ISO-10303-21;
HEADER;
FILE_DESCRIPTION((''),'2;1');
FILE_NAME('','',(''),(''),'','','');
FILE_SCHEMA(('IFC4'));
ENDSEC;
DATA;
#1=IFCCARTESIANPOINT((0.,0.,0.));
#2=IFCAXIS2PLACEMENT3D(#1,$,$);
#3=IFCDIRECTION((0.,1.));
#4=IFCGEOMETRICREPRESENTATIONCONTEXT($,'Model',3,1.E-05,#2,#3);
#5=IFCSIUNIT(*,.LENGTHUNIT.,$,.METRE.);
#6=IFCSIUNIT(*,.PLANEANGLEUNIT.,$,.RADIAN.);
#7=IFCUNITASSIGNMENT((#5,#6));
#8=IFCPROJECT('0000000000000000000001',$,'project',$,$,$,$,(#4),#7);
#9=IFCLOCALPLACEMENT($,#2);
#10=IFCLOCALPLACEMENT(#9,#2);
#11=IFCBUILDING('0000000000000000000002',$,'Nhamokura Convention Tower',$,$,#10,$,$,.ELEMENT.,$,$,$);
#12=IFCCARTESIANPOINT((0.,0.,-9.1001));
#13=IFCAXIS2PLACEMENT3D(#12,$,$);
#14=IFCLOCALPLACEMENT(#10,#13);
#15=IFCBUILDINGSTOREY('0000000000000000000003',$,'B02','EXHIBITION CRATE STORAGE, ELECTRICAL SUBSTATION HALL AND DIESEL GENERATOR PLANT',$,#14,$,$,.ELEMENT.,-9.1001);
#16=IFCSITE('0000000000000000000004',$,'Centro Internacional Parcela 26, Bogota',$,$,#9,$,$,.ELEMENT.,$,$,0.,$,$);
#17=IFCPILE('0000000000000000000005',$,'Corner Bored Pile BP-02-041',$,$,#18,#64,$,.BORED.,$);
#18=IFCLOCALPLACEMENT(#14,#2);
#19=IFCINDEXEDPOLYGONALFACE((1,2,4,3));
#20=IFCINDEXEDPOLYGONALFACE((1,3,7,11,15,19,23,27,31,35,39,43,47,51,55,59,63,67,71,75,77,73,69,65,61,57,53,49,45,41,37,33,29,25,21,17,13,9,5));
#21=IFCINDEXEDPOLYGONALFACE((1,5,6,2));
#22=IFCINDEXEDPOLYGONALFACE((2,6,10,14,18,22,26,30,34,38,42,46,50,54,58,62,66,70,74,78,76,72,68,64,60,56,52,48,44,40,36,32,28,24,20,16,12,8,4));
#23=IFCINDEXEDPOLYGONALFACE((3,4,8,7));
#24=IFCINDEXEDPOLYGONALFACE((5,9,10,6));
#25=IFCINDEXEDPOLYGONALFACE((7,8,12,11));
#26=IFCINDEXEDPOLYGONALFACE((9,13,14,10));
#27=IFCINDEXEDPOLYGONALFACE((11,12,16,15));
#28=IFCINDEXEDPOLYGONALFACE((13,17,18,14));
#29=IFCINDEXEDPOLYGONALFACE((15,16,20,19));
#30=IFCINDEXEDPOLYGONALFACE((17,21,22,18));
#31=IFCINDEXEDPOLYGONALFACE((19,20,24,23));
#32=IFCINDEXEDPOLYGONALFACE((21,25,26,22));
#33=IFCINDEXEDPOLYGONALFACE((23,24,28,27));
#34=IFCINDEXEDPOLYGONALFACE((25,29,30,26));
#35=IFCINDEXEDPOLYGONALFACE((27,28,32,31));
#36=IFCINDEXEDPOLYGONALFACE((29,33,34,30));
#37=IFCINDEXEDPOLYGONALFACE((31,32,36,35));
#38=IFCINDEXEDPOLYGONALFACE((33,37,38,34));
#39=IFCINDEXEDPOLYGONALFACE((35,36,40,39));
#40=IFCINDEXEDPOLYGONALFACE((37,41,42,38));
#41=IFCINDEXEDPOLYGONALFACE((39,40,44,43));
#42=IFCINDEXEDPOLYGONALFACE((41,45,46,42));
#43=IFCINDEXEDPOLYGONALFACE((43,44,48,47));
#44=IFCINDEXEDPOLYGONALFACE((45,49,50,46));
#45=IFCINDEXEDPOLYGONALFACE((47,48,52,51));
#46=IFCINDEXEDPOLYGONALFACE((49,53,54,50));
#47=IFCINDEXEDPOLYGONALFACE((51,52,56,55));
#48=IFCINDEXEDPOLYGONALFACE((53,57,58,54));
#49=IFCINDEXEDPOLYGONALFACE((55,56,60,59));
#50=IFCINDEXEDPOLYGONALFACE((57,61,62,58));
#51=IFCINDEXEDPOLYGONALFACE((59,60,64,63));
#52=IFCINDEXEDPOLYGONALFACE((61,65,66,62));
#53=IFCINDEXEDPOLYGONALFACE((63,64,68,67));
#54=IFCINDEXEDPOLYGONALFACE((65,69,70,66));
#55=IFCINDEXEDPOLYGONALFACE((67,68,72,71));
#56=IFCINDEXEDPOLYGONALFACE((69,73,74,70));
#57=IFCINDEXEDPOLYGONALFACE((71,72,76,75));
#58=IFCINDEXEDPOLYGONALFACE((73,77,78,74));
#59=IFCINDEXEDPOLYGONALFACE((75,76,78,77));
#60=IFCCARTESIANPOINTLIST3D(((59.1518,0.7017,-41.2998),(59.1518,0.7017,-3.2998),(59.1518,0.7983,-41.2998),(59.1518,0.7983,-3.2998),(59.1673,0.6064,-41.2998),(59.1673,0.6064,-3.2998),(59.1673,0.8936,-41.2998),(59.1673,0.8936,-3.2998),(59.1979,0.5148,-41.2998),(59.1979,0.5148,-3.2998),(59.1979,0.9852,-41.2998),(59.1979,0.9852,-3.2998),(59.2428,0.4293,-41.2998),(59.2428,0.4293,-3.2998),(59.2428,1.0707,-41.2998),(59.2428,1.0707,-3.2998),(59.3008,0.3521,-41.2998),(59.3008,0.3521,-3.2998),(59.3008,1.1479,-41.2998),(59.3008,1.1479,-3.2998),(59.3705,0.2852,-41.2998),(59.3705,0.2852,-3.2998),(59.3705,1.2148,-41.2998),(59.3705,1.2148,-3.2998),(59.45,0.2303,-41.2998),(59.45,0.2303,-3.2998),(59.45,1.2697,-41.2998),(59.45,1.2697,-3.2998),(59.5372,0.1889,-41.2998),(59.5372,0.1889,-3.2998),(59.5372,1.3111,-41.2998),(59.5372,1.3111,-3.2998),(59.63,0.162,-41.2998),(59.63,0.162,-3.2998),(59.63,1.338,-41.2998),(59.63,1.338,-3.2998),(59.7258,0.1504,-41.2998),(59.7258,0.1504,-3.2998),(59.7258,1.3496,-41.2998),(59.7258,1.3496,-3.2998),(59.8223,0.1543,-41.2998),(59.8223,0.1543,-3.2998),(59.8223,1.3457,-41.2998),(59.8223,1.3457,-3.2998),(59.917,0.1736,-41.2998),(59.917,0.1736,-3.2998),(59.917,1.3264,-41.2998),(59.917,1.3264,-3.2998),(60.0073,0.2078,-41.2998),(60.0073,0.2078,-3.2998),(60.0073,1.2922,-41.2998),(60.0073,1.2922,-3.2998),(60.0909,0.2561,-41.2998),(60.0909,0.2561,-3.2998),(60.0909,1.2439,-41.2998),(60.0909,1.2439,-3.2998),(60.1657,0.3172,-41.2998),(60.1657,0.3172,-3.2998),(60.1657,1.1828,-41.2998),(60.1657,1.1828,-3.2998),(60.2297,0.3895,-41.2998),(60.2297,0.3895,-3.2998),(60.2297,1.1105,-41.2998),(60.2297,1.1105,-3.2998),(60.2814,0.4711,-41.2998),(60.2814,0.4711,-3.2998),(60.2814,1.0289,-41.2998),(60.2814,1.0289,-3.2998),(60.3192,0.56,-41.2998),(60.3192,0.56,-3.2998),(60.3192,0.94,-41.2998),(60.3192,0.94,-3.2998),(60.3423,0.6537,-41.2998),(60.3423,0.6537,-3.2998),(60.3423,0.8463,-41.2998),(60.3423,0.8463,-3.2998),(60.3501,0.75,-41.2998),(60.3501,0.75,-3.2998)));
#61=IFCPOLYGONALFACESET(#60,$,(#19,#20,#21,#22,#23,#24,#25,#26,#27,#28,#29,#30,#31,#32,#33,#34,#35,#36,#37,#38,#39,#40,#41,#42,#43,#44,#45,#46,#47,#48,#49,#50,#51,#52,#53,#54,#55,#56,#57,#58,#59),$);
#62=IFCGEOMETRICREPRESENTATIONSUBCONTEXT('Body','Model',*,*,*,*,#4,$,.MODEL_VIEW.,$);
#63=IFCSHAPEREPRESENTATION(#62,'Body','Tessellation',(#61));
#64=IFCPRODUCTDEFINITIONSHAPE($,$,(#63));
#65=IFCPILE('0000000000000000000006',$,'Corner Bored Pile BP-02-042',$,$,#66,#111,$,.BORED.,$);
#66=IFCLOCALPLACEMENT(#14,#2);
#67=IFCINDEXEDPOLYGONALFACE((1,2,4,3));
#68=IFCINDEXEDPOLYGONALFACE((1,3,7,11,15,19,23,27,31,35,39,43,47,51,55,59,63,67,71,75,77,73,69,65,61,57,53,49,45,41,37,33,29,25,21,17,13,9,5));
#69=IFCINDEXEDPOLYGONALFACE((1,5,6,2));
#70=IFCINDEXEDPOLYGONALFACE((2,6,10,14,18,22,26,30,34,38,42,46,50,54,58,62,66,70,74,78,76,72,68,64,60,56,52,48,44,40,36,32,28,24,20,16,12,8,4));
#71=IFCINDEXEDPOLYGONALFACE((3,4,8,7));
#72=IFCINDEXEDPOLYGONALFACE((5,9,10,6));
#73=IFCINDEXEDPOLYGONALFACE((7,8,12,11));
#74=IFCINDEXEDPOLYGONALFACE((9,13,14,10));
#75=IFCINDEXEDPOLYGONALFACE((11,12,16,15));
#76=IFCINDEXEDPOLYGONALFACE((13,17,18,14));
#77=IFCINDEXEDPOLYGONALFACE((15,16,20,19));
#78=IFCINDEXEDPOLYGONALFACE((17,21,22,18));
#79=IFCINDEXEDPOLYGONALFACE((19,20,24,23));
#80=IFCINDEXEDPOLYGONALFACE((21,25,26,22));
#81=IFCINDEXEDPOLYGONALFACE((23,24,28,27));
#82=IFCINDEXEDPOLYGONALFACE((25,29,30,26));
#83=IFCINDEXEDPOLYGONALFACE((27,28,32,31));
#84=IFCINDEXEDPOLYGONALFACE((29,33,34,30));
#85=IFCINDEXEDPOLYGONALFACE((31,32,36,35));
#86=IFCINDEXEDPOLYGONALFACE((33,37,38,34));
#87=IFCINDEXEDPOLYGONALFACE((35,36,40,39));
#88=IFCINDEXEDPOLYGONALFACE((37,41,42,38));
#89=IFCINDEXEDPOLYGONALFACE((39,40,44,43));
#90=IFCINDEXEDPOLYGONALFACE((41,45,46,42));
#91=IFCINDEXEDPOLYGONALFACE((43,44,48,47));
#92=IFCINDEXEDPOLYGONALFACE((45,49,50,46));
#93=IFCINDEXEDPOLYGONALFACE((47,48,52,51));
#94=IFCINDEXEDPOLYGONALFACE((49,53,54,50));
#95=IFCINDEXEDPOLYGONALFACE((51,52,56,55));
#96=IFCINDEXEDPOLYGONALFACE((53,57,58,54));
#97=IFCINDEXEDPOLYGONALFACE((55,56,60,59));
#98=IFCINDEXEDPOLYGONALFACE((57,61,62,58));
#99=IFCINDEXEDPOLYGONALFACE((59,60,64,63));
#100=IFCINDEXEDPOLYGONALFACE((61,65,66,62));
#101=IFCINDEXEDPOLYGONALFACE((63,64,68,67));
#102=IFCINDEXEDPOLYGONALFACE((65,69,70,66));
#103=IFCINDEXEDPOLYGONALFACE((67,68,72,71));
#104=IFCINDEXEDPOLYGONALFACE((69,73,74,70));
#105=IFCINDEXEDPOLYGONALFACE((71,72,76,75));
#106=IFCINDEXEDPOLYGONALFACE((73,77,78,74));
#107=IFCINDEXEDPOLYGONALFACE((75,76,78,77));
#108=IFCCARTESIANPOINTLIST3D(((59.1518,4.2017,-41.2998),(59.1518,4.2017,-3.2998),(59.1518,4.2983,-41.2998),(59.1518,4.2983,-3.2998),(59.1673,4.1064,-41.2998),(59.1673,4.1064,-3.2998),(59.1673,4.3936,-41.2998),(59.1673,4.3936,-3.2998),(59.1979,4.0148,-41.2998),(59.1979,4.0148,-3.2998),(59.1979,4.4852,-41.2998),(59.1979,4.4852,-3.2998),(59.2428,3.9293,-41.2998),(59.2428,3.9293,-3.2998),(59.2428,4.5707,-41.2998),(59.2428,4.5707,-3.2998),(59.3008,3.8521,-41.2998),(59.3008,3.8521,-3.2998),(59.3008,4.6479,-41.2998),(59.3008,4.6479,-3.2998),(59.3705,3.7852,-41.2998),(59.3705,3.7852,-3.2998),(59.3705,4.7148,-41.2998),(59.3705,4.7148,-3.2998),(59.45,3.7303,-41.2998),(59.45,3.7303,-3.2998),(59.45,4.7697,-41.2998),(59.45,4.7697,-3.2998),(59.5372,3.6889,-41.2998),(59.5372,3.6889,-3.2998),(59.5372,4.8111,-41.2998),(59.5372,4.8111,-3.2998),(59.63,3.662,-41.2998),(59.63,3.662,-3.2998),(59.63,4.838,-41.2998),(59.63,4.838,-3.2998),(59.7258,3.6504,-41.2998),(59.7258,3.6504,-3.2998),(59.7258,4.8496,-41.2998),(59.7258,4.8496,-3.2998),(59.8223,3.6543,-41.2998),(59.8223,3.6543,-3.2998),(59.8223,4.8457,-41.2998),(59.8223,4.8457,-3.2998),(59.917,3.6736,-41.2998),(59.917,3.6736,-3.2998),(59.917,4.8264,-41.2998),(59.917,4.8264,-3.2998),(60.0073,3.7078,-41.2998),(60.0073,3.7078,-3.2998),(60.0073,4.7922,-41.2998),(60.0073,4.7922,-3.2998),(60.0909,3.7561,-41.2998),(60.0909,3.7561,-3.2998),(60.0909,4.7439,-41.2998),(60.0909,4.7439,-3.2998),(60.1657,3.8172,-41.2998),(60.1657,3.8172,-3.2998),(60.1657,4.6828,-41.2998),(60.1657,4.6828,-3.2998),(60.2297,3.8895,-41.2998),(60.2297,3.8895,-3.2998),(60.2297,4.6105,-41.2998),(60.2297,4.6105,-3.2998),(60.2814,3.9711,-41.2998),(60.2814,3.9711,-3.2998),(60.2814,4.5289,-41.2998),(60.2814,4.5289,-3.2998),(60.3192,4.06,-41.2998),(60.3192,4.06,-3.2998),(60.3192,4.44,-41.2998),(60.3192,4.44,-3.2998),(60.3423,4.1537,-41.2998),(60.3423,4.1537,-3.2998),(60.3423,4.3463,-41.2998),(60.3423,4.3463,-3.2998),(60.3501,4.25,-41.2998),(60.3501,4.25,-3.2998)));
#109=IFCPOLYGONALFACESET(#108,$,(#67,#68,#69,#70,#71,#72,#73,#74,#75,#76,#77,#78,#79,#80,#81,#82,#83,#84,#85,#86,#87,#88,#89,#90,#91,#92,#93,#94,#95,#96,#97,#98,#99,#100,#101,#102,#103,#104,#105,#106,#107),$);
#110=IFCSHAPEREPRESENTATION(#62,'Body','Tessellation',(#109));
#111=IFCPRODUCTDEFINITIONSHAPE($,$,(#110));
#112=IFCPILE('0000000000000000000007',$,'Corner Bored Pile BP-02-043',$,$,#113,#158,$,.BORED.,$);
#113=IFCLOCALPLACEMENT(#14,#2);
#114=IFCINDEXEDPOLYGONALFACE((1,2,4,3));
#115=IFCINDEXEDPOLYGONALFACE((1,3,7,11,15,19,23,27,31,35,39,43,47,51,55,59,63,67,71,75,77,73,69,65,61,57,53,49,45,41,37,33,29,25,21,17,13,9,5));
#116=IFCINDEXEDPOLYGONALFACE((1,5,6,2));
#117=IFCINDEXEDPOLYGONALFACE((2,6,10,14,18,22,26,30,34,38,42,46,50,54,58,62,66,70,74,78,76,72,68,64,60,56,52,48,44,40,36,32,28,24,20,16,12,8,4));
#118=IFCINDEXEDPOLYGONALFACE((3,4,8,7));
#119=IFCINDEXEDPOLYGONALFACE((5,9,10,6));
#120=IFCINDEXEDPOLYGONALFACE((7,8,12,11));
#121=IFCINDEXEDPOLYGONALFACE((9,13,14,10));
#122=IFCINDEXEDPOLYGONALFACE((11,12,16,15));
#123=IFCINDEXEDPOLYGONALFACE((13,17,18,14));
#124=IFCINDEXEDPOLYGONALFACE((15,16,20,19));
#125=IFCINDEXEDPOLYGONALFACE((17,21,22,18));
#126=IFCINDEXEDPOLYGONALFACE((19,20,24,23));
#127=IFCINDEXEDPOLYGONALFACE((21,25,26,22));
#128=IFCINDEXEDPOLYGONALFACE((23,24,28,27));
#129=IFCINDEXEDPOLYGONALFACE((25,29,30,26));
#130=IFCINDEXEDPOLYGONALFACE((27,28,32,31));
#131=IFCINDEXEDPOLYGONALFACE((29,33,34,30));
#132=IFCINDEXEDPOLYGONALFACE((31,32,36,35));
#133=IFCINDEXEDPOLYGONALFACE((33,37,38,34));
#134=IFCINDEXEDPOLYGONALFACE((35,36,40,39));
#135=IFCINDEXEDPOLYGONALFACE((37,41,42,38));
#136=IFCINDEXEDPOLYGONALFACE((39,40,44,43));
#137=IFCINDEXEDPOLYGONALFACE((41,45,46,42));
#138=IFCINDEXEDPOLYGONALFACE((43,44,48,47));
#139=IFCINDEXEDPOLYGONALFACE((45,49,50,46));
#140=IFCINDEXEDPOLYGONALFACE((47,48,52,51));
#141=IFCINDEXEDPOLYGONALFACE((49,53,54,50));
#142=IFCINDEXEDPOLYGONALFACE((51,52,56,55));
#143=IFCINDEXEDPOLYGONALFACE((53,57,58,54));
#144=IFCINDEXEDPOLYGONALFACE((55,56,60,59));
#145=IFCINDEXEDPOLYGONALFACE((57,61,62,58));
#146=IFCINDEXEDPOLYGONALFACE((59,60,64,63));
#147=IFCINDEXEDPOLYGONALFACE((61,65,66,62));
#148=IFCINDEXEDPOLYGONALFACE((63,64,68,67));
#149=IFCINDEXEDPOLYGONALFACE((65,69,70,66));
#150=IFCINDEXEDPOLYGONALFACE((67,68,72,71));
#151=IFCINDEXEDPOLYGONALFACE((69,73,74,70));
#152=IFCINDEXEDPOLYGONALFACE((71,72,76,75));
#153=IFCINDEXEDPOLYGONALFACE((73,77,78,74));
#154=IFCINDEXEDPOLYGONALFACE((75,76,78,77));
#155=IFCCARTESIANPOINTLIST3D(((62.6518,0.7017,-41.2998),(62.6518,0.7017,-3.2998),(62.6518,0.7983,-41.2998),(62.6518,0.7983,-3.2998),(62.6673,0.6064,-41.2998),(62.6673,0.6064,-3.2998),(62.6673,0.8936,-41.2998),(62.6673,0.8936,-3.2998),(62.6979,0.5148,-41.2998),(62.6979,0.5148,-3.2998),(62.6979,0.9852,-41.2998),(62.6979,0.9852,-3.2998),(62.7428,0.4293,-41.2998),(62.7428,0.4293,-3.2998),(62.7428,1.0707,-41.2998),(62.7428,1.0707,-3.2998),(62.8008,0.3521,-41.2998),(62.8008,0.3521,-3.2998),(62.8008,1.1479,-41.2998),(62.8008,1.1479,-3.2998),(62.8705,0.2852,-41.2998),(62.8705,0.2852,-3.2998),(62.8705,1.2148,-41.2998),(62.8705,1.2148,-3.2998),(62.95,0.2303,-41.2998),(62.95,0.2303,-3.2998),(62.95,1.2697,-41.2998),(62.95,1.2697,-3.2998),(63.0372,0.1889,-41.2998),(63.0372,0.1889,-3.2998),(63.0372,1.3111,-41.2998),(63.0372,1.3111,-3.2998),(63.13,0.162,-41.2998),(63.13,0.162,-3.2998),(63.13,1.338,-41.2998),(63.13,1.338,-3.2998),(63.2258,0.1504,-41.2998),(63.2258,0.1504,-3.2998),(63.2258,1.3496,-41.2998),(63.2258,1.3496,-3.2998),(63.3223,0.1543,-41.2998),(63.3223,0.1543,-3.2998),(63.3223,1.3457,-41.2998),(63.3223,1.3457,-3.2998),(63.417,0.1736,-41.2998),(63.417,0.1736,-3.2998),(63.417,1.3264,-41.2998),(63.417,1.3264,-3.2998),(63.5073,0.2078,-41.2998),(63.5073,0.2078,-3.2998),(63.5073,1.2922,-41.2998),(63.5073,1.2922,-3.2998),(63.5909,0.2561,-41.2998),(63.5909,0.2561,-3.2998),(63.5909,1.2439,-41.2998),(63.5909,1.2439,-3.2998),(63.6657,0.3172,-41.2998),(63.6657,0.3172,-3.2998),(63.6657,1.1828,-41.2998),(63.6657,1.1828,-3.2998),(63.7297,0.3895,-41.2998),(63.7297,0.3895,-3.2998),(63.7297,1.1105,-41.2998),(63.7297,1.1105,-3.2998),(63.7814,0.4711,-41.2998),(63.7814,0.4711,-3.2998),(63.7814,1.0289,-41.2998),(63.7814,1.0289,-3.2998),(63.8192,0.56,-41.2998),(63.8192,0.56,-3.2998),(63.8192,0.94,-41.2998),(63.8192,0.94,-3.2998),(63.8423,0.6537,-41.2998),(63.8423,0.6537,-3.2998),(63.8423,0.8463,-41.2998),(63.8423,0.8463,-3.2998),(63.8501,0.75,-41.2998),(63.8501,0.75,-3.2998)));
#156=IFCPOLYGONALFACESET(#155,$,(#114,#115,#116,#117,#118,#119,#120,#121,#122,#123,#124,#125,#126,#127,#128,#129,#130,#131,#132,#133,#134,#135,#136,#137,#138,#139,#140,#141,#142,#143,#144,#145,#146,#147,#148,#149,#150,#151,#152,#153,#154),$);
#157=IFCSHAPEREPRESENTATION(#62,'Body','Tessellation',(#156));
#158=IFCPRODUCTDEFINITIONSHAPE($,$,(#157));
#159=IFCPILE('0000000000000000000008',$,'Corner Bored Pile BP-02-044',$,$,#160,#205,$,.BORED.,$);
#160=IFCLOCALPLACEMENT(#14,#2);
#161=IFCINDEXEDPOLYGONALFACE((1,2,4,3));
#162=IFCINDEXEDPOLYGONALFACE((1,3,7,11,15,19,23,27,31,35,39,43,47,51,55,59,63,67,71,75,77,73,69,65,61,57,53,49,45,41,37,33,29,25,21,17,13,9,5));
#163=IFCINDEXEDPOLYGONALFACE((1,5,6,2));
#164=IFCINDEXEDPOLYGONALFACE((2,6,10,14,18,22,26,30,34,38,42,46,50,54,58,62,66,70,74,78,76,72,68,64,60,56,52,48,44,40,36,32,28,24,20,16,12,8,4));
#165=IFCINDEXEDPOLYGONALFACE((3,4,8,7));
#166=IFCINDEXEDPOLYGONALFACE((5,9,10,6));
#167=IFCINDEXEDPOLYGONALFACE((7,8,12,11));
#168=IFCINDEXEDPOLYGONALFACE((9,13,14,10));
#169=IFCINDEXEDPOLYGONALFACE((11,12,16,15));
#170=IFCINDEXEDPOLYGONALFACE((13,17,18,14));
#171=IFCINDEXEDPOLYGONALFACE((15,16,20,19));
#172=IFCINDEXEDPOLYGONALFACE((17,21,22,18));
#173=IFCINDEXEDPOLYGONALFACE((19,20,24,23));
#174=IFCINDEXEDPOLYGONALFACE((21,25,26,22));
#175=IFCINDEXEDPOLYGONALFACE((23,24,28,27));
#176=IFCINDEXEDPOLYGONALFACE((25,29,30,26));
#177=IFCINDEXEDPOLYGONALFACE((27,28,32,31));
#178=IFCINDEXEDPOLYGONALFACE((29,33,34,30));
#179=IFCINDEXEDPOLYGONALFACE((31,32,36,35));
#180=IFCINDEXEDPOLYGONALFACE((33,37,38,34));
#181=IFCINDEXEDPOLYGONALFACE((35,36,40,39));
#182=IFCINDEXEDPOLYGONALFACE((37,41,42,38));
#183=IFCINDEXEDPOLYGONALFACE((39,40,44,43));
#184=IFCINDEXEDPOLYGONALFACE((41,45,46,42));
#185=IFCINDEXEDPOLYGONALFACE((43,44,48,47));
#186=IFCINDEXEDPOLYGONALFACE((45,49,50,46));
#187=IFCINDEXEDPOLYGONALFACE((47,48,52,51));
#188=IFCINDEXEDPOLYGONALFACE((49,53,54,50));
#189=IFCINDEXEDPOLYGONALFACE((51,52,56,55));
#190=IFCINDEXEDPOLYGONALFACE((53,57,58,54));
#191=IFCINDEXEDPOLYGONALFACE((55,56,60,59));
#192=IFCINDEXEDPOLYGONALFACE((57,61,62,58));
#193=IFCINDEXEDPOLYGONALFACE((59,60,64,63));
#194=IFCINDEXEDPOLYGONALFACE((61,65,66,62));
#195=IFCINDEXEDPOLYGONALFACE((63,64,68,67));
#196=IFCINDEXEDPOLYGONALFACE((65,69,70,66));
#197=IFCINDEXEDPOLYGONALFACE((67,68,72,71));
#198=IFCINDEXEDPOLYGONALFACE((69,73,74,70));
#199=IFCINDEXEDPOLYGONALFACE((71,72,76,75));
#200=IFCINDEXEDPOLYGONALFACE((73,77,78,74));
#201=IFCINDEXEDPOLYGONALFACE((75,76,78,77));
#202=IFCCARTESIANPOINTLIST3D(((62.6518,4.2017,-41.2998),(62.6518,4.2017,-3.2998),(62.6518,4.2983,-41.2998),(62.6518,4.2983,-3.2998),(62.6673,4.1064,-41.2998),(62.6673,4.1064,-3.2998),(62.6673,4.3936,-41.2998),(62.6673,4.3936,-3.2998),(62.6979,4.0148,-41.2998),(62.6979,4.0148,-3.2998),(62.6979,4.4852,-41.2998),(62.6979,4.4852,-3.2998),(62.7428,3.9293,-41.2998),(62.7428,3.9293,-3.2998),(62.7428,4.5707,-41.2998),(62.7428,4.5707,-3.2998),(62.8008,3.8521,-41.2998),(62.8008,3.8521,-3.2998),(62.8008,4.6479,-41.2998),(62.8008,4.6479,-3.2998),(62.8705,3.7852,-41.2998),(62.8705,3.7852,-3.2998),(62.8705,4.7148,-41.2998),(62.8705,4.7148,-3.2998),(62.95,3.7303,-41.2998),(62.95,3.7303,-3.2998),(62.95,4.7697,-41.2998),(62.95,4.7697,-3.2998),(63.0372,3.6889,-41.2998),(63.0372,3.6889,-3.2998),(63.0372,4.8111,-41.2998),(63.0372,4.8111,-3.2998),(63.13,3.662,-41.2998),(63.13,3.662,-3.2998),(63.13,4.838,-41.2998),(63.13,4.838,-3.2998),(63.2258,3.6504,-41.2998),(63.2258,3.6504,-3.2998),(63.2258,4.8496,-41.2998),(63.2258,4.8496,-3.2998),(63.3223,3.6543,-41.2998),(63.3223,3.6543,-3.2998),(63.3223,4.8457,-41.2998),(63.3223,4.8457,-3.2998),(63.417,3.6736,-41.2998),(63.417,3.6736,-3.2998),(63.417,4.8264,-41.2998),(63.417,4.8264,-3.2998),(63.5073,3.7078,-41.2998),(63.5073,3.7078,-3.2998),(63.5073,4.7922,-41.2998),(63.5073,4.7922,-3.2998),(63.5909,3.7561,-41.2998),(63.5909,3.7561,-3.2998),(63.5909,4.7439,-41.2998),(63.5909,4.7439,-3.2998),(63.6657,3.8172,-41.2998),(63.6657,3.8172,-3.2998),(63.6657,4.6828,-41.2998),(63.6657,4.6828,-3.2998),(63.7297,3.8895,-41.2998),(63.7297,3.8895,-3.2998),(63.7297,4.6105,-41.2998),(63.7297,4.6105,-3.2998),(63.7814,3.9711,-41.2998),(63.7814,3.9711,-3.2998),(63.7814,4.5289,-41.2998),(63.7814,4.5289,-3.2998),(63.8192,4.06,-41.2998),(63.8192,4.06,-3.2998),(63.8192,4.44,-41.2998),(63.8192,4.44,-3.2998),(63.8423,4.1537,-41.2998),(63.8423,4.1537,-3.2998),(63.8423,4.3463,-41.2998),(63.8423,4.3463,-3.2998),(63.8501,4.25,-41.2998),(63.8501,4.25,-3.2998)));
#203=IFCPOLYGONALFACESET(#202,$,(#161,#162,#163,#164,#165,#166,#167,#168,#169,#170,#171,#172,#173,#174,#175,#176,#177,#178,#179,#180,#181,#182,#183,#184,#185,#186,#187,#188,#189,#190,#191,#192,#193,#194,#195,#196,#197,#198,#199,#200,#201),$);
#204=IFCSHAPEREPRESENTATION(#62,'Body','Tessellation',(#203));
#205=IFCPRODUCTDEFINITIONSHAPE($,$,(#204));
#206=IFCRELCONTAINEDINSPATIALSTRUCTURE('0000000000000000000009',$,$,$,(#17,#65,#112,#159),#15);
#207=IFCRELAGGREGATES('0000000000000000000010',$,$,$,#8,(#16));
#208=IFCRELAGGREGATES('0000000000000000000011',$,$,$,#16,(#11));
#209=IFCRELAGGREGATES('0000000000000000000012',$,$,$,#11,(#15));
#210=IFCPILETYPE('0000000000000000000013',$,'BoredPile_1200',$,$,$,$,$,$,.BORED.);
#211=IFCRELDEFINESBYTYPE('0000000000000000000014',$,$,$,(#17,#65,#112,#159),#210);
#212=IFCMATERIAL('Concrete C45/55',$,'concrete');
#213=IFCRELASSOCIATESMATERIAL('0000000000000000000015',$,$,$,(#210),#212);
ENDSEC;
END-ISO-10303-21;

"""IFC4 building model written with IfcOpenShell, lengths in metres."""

from ifc_helpers import new_model, si_unit, direction, frame, origin, origin_2d, place, context, subcontext, project, spatial, circle, extrude, material, material_profile, profile_set, type_object, element, save


model = new_model("IFC4")

# Units and contexts
model_context = context("Model", 3, precision=1e-05, world=origin(), true_north=direction((0.0, 1.0)))
body_context = subcontext(model_context, "Body", "Model", "MODEL_VIEW")
ifc_project = project(units=[si_unit("LENGTHUNIT", "METRE"), si_unit("PLANEANGLEUNIT", "RADIAN")], contexts=[model_context])

# Site, building, storey
site_placement = place(None, origin())
site = spatial("IfcSite", under=ifc_project, at=site_placement, Name="Centro Internacional Parcela 26, Bogota", CompositionType="ELEMENT", RefElevation=0.0)
building_placement = place(site_placement, origin())
building = spatial("IfcBuilding", under=site, at=building_placement, Name="Nhamokura Convention Tower", CompositionType="ELEMENT")
storey_placement = place(building_placement, frame((0.0, 0.0, -9.1001)))
storey = spatial("IfcBuildingStorey", under=building, at=storey_placement, Name="B02", Description="EXHIBITION CRATE STORAGE, ELECTRICAL SUBSTATION HALL AND DIESEL GENERATOR PLANT", CompositionType="ELEMENT", Elevation=-9.1001)

# Piles
ifc_material_1 = material(Name="Concrete C45/55", Category="concrete")
ifc_material_profile_1 = material_profile(ifc_material_1, circle(Radius=0.6001, at=origin_2d()))
ifc_profile_set_1 = profile_set([ifc_material_profile_1], Name="Concrete C45/55")
pile_type = type_object("IfcPileType", Name="BoredPile_1200", PredefinedType="BORED", material=ifc_profile_set_1)
for number, where, z_axis, x_axis, name in (
    (1, (59.75, 0.75, -3.2998), (0.0, 0.0, -1.0), (1.0, 0.0, 0.0), "Corner Bored Pile BP-02-041"),
    (2, (59.75, 4.25, -3.2998), (0.0, 0.0, -1.0), (1.0, 0.0, 0.0), "Corner Bored Pile BP-02-042"),
    (3, (63.25, 0.75, -3.2998), (0.0, 0.0, -1.0), (1.0, 0.0, 0.0), "Corner Bored Pile BP-02-043"),
    (4, (63.25, 4.25, -3.2998), (0.0, 0.0, -1.0), (1.0, 0.0, 0.0), "Corner Bored Pile BP-02-044"),
):
    element("IfcPile", number, at=place(storey_placement, frame(where, z_axis=z_axis, x_axis=x_axis)), inside=storey, type_object=pile_type, Name=name, PredefinedType="BORED", context=body_context, shape_type="SweptSolid", body=[
        extrude(circle(Radius=0.6001, at=origin_2d()), origin(), (0.0, 0.0, 1.0), 38.0),
    ])

save(model, "model.ifc")
